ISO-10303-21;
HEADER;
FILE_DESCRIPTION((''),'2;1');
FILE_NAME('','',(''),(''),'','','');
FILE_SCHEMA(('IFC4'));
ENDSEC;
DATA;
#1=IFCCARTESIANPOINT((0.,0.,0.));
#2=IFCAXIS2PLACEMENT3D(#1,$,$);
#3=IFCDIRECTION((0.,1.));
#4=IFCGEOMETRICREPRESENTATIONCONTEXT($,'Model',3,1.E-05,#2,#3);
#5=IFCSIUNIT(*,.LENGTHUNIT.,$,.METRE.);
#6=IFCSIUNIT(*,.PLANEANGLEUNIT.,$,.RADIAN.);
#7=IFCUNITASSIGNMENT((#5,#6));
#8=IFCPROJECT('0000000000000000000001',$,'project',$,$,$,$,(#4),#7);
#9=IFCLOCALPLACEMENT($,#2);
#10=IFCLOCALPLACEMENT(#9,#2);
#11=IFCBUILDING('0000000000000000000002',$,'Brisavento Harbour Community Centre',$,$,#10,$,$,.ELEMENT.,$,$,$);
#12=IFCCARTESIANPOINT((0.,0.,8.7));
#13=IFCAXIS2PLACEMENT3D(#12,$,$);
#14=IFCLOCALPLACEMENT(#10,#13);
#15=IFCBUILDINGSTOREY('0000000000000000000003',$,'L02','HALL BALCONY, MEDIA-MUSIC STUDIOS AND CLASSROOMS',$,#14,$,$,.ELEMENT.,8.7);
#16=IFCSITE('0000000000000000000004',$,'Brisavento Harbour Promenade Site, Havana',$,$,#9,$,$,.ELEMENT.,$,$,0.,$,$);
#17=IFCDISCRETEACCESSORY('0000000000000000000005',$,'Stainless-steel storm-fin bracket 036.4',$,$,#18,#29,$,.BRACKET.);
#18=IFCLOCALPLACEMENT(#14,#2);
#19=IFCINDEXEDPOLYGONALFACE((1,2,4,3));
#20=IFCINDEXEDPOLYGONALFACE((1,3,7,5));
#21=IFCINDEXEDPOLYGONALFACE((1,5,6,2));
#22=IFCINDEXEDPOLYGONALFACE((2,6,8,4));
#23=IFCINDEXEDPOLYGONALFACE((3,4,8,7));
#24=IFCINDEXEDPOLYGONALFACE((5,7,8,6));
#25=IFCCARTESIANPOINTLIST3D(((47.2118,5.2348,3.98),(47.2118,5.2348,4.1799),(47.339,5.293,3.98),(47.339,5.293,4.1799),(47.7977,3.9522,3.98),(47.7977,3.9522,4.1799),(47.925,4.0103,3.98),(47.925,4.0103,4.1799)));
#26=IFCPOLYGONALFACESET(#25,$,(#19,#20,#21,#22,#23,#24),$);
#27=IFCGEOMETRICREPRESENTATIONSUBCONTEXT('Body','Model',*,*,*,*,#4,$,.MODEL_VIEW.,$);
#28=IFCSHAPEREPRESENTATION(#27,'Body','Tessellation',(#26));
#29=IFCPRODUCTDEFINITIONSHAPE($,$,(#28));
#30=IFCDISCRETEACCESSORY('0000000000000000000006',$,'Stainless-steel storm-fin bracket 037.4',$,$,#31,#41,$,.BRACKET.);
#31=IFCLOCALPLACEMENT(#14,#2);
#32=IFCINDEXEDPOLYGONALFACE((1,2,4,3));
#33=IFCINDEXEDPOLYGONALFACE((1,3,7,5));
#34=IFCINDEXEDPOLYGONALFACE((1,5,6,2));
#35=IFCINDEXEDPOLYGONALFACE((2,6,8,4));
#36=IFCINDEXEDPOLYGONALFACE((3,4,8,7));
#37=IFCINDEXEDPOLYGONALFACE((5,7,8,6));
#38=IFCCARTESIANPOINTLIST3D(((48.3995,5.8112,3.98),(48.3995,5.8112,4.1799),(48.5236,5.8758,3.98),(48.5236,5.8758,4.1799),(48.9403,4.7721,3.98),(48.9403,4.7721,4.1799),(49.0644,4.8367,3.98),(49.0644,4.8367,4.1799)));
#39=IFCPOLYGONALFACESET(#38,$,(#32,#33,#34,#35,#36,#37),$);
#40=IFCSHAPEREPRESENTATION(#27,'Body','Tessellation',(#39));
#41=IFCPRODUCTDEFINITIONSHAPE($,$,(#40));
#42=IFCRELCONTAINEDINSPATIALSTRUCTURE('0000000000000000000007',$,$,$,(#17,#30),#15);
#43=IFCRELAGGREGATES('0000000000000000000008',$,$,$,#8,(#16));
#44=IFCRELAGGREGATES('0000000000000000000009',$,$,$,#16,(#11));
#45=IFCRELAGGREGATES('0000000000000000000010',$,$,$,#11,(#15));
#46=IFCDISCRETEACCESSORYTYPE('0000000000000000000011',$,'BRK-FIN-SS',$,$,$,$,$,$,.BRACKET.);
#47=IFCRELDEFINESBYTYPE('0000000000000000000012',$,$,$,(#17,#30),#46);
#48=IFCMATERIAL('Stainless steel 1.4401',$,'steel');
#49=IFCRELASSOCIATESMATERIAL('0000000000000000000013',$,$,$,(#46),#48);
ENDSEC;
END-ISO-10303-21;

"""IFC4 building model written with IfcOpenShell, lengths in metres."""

from ifc_helpers import new_model, si_unit, direction, frame, origin, origin_2d, place, context, subcontext, project, spatial, rectangle, extrude, material, type_object, element, save


model = new_model("IFC4")

# Units and contexts
model_context = context("Model", 3, precision=1e-05, world=origin(), true_north=direction((0.0, 1.0)))
body_context = subcontext(model_context, "Body", "Model", "MODEL_VIEW")
ifc_project = project(units=[si_unit("LENGTHUNIT", "METRE"), si_unit("PLANEANGLEUNIT", "RADIAN")], contexts=[model_context])

# Site, building, storey
site_placement = place(None, origin())
site = spatial("IfcSite", under=ifc_project, at=site_placement, Name="Brisavento Harbour Promenade Site, Havana", CompositionType="ELEMENT", RefElevation=0.0)
building_placement = place(site_placement, origin())
building = spatial("IfcBuilding", under=site, at=building_placement, Name="Brisavento Harbour Community Centre", CompositionType="ELEMENT")
storey_placement = place(building_placement, frame((0.0, 0.0, 8.7)))
storey = spatial("IfcBuildingStorey", under=building, at=storey_placement, Name="L02", Description="HALL BALCONY, MEDIA-MUSIC STUDIOS AND CLASSROOMS", CompositionType="ELEMENT", Elevation=8.7)

# Discrete accessories
ifc_material_1 = material(Name="Stainless steel 1.4401", Category="steel")
discrete_accessory_type = type_object("IfcDiscreteAccessoryType", Name="BRK-FIN-SS", PredefinedType="BRACKET", material=ifc_material_1)
discrete_accessory_1_placement = place(storey_placement, frame((47.5684, 4.6226, 3.98), z_axis=(0.0, 0.0, 1.0), x_axis=(0.415519, -0.909585, 0.0)))
element("IfcDiscreteAccessory", 1, at=discrete_accessory_1_placement, inside=storey, type_object=discrete_accessory_type, Name="Stainless-steel storm-fin bracket 036.4", PredefinedType="BRACKET", context=body_context, shape_type="SweptSolid", body=[
    extrude(rectangle(XDim=1.4102, YDim=0.1399, at=origin_2d()), origin(), (0.0, 0.0, 1.0), 0.2),
])
discrete_accessory_2_placement = place(storey_placement, frame((48.7319, 5.324, 3.98), z_axis=(0.0, 0.0, 1.0), x_axis=(0.461702, -0.887035, 0.0)))
element("IfcDiscreteAccessory", 2, at=discrete_accessory_2_placement, inside=storey, type_object=discrete_accessory_type, Name="Stainless-steel storm-fin bracket 037.4", PredefinedType="BRACKET", context=body_context, shape_type="SweptSolid", body=[
    extrude(rectangle(XDim=1.1714, YDim=0.1399, at=origin_2d()), origin(), (0.0, 0.0, 1.0), 0.2),
])

save(model, "model.ifc")
